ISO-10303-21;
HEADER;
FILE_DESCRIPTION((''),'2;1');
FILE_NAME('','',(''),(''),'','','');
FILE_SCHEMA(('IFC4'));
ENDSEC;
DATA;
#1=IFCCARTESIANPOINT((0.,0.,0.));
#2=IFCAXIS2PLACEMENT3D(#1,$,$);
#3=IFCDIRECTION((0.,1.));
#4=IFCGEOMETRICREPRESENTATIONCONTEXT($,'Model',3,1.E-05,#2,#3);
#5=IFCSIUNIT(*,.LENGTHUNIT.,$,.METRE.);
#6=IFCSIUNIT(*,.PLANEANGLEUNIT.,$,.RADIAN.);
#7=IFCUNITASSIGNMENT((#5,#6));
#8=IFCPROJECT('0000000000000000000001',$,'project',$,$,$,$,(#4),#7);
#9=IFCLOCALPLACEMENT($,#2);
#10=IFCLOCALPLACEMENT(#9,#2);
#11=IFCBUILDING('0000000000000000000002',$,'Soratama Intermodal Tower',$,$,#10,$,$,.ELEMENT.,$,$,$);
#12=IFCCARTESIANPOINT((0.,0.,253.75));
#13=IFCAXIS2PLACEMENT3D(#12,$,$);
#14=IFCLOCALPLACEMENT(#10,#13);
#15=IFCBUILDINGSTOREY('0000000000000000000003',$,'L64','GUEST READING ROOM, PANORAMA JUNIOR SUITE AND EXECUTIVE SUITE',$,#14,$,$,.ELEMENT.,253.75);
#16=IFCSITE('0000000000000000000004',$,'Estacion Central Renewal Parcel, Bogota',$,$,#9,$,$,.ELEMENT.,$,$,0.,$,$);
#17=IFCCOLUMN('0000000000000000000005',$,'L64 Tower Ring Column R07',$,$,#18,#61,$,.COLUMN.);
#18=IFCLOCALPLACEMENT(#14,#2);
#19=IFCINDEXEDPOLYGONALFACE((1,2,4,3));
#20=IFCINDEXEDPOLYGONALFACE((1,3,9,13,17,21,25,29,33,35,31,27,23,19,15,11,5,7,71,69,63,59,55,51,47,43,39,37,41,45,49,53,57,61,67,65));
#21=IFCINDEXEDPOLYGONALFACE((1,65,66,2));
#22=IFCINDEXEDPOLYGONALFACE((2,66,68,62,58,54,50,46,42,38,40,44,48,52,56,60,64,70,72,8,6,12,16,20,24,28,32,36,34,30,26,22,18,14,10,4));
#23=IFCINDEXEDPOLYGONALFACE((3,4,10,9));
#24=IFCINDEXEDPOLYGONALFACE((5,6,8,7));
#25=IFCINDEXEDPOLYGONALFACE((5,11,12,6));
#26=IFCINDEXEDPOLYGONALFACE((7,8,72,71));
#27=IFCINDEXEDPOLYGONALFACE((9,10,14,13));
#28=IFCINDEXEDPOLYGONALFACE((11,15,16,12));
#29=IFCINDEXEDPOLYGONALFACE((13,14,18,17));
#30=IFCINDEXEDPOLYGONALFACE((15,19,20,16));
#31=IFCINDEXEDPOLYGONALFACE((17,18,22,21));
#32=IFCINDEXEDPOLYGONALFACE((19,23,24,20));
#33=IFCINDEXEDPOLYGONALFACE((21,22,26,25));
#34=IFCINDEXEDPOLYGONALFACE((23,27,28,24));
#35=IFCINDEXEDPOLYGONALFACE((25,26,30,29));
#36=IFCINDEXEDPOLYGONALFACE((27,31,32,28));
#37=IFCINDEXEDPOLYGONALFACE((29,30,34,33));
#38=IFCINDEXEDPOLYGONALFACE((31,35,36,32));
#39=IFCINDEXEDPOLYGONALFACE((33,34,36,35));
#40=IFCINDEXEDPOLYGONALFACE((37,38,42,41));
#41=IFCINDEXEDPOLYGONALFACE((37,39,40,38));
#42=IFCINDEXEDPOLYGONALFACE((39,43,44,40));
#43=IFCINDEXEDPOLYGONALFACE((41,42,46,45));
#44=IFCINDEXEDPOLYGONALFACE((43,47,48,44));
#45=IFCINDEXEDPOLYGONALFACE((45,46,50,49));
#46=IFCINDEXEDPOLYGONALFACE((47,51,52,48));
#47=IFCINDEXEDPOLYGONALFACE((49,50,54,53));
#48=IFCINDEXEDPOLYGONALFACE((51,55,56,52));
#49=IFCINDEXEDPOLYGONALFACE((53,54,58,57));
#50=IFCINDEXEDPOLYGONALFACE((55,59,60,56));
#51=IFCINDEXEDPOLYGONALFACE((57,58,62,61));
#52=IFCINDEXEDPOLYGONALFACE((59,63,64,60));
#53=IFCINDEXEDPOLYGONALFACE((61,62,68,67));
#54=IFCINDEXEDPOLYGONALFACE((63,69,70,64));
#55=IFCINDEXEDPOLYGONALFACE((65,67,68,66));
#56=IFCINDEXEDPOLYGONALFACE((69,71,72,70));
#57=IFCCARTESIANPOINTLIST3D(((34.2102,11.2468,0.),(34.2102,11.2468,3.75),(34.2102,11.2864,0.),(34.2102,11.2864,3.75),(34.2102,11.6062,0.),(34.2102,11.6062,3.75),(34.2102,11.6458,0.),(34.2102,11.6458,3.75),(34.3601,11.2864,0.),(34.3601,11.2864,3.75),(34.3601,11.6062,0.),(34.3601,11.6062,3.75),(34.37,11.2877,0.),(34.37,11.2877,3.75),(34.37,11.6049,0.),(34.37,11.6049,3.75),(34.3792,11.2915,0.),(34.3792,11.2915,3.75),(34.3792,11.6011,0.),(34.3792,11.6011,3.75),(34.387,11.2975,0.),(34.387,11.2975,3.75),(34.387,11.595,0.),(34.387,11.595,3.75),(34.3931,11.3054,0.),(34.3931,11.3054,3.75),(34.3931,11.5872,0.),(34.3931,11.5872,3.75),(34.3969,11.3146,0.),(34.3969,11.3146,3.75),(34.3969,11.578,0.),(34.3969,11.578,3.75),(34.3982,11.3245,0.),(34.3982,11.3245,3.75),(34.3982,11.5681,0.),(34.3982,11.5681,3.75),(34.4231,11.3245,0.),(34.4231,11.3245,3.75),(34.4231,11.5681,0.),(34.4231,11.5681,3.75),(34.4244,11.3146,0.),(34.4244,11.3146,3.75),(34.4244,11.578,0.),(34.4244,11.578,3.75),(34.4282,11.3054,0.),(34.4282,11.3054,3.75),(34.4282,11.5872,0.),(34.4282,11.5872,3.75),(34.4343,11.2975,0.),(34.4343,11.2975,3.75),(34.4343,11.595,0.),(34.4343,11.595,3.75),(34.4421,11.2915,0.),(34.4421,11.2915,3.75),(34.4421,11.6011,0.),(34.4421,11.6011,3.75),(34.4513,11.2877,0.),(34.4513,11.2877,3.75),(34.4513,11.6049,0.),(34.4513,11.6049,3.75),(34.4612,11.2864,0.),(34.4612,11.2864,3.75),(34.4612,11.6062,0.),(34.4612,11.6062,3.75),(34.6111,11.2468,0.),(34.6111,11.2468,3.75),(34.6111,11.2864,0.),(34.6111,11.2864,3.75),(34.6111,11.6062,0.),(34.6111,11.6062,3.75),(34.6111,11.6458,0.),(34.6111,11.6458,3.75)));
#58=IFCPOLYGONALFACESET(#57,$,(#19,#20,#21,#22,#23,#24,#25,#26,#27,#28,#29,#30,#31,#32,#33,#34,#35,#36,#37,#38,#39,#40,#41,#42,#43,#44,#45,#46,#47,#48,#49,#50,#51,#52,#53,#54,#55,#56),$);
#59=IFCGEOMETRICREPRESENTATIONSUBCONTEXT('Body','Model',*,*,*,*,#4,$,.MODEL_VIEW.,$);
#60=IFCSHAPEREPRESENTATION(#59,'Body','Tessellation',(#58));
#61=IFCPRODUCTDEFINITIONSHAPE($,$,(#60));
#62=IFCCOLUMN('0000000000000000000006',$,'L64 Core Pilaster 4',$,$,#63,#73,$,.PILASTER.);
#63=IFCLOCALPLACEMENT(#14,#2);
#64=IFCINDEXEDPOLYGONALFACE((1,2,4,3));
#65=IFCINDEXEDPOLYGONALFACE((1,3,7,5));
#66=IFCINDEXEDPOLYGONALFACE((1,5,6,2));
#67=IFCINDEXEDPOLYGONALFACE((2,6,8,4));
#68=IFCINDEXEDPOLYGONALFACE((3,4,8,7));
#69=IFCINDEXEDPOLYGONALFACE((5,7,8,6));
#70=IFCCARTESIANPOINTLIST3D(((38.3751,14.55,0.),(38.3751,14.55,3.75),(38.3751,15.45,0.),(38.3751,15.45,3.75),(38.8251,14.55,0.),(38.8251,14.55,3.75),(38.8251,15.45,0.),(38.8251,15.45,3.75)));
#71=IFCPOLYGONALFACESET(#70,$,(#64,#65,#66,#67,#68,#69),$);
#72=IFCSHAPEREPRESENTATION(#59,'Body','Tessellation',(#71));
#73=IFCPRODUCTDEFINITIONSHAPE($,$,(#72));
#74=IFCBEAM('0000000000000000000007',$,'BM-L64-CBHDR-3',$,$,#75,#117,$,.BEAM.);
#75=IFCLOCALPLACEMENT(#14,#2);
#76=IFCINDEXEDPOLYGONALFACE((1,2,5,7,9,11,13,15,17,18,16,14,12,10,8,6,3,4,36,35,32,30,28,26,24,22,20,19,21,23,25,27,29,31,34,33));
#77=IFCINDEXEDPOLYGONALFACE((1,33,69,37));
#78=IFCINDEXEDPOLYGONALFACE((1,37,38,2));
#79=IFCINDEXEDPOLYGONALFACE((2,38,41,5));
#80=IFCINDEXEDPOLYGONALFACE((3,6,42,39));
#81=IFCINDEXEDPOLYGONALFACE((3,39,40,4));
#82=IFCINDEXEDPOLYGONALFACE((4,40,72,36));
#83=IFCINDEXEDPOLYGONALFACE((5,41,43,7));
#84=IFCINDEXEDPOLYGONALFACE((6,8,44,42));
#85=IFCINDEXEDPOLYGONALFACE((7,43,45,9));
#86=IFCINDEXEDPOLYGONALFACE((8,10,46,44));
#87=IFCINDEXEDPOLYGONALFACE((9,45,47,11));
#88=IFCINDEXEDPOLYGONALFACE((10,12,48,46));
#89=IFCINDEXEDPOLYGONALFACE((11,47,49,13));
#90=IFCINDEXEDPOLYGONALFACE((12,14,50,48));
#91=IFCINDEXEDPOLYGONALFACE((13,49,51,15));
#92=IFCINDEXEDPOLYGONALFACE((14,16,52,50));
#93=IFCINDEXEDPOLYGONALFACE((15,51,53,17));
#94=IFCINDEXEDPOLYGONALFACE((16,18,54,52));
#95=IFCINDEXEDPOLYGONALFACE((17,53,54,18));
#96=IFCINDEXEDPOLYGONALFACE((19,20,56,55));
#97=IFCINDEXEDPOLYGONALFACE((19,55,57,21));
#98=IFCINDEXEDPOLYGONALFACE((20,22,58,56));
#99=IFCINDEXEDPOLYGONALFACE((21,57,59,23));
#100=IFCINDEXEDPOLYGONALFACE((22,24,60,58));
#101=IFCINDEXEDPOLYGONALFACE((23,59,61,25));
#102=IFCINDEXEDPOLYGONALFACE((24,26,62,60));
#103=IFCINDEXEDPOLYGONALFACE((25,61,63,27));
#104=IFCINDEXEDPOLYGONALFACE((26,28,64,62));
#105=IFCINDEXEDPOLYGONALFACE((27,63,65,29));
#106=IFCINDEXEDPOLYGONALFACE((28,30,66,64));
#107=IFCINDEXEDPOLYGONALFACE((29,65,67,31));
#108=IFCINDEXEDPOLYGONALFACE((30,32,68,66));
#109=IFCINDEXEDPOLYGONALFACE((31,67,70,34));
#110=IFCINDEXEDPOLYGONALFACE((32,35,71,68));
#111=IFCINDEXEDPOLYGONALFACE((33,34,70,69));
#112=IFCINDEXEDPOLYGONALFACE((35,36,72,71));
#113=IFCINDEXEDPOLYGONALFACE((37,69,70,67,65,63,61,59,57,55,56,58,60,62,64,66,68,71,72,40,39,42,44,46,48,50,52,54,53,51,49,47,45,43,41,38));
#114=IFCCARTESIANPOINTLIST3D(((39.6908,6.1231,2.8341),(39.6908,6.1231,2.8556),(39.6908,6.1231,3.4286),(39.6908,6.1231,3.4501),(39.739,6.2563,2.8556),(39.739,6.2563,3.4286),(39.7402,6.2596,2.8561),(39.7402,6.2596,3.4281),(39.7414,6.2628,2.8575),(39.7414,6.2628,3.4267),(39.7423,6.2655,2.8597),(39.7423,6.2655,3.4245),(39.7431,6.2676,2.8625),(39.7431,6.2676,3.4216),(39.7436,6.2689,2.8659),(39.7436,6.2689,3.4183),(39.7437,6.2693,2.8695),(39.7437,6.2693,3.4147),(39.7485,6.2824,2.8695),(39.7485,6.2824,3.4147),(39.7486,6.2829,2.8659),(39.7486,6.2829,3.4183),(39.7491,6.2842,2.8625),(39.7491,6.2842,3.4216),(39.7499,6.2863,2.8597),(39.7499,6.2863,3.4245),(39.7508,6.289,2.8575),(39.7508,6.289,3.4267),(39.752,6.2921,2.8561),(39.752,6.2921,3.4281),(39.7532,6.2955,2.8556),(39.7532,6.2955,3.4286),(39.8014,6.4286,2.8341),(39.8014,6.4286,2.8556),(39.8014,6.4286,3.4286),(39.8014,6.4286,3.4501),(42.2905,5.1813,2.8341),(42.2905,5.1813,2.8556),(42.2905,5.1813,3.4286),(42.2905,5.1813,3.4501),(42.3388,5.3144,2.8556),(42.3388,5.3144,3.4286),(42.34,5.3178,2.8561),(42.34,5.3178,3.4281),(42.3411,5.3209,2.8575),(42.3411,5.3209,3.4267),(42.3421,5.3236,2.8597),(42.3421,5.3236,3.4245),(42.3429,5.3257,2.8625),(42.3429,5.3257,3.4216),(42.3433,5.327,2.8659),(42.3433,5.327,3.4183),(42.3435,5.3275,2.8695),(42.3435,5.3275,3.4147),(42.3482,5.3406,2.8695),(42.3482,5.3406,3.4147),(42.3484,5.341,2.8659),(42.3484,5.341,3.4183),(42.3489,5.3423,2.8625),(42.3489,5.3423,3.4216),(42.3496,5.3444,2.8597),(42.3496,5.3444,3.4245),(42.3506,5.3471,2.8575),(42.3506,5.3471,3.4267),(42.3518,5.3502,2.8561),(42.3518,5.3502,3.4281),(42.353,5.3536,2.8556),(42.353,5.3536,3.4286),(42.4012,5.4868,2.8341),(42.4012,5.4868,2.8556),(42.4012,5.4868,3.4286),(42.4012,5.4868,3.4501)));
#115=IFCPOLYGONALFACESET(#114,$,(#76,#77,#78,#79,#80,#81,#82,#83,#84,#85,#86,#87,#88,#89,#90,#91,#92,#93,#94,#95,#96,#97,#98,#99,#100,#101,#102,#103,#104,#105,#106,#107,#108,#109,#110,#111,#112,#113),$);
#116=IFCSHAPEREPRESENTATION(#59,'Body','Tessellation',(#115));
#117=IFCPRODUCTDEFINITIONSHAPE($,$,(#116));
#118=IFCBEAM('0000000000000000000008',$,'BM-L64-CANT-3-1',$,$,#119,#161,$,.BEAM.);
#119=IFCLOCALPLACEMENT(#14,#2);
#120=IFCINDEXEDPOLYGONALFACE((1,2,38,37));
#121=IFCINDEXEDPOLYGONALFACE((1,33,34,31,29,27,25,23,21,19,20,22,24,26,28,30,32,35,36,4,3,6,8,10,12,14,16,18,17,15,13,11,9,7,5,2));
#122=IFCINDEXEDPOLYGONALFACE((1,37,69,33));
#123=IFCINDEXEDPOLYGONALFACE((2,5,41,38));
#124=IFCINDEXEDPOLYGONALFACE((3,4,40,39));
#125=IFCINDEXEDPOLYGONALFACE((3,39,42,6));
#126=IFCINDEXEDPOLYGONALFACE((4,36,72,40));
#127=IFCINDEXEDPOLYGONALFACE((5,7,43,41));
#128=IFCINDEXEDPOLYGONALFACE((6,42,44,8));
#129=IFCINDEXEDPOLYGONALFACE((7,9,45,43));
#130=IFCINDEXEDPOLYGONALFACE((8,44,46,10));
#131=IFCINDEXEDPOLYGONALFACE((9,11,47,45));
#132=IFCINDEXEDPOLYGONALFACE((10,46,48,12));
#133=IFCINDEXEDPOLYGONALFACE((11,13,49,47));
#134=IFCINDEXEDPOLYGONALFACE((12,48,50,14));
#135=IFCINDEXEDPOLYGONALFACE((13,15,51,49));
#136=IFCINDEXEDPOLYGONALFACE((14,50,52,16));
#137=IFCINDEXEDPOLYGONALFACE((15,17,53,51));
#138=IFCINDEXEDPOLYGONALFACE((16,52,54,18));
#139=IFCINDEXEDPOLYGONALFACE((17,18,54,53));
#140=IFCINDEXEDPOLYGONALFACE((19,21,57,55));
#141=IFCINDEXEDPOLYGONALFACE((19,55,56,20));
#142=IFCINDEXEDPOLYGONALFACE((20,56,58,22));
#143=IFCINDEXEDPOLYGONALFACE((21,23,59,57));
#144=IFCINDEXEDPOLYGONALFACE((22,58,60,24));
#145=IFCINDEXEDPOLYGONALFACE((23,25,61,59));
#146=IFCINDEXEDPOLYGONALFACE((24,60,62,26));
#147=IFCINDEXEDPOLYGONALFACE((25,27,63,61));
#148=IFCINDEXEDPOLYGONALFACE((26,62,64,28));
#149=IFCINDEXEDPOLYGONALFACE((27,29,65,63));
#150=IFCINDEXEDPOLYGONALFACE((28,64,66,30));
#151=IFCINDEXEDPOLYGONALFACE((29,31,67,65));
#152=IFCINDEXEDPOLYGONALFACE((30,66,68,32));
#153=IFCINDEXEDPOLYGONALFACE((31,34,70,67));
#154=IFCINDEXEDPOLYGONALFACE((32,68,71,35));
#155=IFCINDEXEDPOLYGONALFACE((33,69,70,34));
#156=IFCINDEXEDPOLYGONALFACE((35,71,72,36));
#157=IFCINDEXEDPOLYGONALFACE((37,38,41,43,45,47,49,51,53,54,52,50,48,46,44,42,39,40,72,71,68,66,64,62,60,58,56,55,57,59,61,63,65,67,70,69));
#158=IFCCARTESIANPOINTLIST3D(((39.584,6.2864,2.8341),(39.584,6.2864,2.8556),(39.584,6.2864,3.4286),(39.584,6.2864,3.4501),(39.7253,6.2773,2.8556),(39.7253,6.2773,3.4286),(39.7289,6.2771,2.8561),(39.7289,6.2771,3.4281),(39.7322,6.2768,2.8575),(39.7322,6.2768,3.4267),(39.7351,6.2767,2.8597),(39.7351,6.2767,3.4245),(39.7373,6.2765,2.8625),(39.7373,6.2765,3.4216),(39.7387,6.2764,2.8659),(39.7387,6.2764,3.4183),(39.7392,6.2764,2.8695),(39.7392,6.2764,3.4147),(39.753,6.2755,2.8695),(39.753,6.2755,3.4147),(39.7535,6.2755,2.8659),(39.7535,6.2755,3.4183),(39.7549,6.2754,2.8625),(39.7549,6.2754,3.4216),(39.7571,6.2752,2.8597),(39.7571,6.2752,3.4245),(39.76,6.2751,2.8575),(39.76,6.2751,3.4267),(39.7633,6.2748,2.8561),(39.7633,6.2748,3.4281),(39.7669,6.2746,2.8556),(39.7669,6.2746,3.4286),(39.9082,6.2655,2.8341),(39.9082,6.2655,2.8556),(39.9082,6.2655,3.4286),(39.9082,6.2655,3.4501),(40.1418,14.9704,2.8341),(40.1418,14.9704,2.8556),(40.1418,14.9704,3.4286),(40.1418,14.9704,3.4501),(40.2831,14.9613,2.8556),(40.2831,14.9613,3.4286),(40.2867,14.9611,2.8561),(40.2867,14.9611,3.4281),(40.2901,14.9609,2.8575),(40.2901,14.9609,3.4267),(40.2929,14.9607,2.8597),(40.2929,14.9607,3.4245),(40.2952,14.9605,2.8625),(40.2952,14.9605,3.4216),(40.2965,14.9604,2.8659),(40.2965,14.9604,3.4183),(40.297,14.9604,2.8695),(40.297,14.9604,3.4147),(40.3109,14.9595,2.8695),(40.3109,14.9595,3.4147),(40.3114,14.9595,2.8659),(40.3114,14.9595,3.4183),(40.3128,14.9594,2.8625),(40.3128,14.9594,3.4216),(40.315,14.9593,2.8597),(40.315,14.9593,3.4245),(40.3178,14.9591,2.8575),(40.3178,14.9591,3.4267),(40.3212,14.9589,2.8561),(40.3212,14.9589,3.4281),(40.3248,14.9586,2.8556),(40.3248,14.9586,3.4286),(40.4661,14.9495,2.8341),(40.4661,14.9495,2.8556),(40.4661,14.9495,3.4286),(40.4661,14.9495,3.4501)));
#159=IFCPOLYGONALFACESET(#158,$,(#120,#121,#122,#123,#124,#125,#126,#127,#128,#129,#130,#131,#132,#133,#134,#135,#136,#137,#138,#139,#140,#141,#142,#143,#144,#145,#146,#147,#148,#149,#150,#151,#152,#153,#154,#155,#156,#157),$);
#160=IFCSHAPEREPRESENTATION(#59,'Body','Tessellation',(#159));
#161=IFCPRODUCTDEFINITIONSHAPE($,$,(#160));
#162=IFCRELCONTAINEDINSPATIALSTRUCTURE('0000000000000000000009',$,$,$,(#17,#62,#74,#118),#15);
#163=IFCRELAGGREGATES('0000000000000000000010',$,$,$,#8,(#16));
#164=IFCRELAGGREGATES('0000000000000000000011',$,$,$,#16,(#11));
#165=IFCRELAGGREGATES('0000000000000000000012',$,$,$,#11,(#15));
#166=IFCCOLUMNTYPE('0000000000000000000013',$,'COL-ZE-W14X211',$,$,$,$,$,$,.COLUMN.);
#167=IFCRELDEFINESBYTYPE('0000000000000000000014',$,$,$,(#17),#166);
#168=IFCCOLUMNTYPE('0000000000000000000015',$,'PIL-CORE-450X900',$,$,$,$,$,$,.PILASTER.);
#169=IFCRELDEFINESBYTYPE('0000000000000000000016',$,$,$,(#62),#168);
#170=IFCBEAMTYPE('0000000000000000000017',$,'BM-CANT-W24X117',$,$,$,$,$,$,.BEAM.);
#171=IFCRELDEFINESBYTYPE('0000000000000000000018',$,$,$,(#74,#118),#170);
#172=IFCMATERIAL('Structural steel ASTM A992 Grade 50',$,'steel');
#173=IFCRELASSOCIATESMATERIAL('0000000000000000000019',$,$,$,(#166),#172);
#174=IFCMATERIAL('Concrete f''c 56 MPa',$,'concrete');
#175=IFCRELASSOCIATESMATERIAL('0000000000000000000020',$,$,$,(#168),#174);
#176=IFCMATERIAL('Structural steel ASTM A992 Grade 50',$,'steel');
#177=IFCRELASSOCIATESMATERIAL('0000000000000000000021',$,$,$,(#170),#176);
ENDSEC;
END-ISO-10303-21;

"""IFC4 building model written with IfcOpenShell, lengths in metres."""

from ifc_helpers import new_model, si_unit, direction, frame, origin, origin_2d, place, context, subcontext, project, spatial, rectangle, i_section, extrude, material, material_profile, profile_set, type_object, element, save


model = new_model("IFC4")

# Units and contexts
model_context = context("Model", 3, precision=1e-05, world=origin(), true_north=direction((0.0, 1.0)))
body_context = subcontext(model_context, "Body", "Model", "MODEL_VIEW")
ifc_project = project(units=[si_unit("LENGTHUNIT", "METRE"), si_unit("PLANEANGLEUNIT", "RADIAN")], contexts=[model_context])

# Site, building, storey
site_placement = place(None, origin())
site = spatial("IfcSite", under=ifc_project, at=site_placement, Name="Estacion Central Renewal Parcel, Bogota", CompositionType="ELEMENT", RefElevation=0.0)
building_placement = place(site_placement, origin())
building = spatial("IfcBuilding", under=site, at=building_placement, Name="Soratama Intermodal Tower", CompositionType="ELEMENT")
storey_placement = place(building_placement, frame((0.0, 0.0, 253.75)))
storey = spatial("IfcBuildingStorey", under=building, at=storey_placement, Name="L64", Description="GUEST READING ROOM, PANORAMA JUNIOR SUITE AND EXECUTIVE SUITE", CompositionType="ELEMENT", Elevation=253.75)

# Columns
ifc_material_1 = material(Name="Structural steel ASTM A992 Grade 50", Category="steel")
ifc_material_profile_1 = material_profile(ifc_material_1, i_section(OverallWidth=0.4009, OverallDepth=0.3989, WebThickness=0.0249, FlangeThickness=0.0396, FilletRadius=0.0381, at=origin_2d()), Name="W14X211")
ifc_profile_set_1 = profile_set([ifc_material_profile_1], Name="Structural steel ASTM A992 Grade 50")
column_type_1 = type_object("IfcColumnType", Name="COL-ZE-W14X211", PredefinedType="COLUMN", material=ifc_profile_set_1)
column_1_placement = place(storey_placement, frame((34.4106, 11.4463, 0.0), z_axis=(0.0, 0.0, 1.0), x_axis=(1.0, 0.0, 0.0)))
element("IfcColumn", 1, at=column_1_placement, inside=storey, type_object=column_type_1, Name="L64 Tower Ring Column R07", PredefinedType="COLUMN", context=body_context, shape_type="SweptSolid", body=[
    extrude(i_section(OverallWidth=0.4009, OverallDepth=0.3989, WebThickness=0.0249, FlangeThickness=0.0396, FilletRadius=0.0381, at=origin_2d()), origin(), (0.0, 0.0, 1.0), 3.75),
])
ifc_material_2 = material(Name="Concrete f'c 56 MPa", Category="concrete")
ifc_material_profile_2 = material_profile(ifc_material_2, rectangle(XDim=0.45, YDim=0.8999, at=origin_2d()), Name="RC450X900")
ifc_profile_set_2 = profile_set([ifc_material_profile_2], Name="Concrete f'c 56 MPa")
column_type_2 = type_object("IfcColumnType", Name="PIL-CORE-450X900", PredefinedType="PILASTER", material=ifc_profile_set_2)
column_2_placement = place(storey_placement, frame((38.6001, 15.0, 0.0), z_axis=(0.0, 0.0, 1.0), x_axis=(1.0, 0.0, 0.0)))
element("IfcColumn", 2, at=column_2_placement, inside=storey, type_object=column_type_2, Name="L64 Core Pilaster 4", PredefinedType="PILASTER", context=body_context, shape_type="SweptSolid", body=[
    extrude(rectangle(XDim=0.45, YDim=0.8999, at=origin_2d()), origin(), (0.0, 0.0, 1.0), 3.75),
])

# Beams
ifc_material_3 = material(Name="Structural steel ASTM A992 Grade 50", Category="steel")
ifc_material_profile_3 = material_profile(ifc_material_3, i_section(OverallWidth=0.325, OverallDepth=0.616, WebThickness=0.0139, FlangeThickness=0.0215, FilletRadius=0.0139, at=origin_2d()), Name="W24X117")
ifc_profile_set_3 = profile_set([ifc_material_profile_3], Name="Structural steel ASTM A992 Grade 50")
beam_type_1 = type_object("IfcBeamType", Name="BM-CANT-W24X117", PredefinedType="BEAM", material=ifc_profile_set_3)
beam_1_placement = place(storey_placement, frame((39.7461, 6.2759, 3.1421), z_axis=(0.9402, -0.340623, 0.0), x_axis=(0.340623, 0.9402, 0.0)))
element("IfcBeam", 3, at=beam_1_placement, inside=storey, type_object=beam_type_1, Name="BM-L64-CBHDR-3", PredefinedType="BEAM", context=body_context, shape_type="SweptSolid", body=[
    extrude(i_section(OverallWidth=0.325, OverallDepth=0.616, WebThickness=0.0139, FlangeThickness=0.0215, FilletRadius=0.0139, at=origin_2d()), origin(), (0.0, 0.0, 1.0), 2.7651),
])
beam_2_placement = place(storey_placement, frame((40.304, 14.96, 3.1421), z_axis=(-0.064107, -0.997943, 0.0), x_axis=(0.997943, -0.064107, 0.0)))
element("IfcBeam", 4, at=beam_2_placement, inside=storey, type_object=beam_type_1, Name="BM-L64-CANT-3-1", PredefinedType="BEAM", context=body_context, shape_type="SweptSolid", body=[
    extrude(i_section(OverallWidth=0.325, OverallDepth=0.616, WebThickness=0.0139, FlangeThickness=0.0215, FilletRadius=0.0139, at=origin_2d()), origin(), (0.0, 0.0, 1.0), 8.7019),
])

save(model, "model.ifc")
